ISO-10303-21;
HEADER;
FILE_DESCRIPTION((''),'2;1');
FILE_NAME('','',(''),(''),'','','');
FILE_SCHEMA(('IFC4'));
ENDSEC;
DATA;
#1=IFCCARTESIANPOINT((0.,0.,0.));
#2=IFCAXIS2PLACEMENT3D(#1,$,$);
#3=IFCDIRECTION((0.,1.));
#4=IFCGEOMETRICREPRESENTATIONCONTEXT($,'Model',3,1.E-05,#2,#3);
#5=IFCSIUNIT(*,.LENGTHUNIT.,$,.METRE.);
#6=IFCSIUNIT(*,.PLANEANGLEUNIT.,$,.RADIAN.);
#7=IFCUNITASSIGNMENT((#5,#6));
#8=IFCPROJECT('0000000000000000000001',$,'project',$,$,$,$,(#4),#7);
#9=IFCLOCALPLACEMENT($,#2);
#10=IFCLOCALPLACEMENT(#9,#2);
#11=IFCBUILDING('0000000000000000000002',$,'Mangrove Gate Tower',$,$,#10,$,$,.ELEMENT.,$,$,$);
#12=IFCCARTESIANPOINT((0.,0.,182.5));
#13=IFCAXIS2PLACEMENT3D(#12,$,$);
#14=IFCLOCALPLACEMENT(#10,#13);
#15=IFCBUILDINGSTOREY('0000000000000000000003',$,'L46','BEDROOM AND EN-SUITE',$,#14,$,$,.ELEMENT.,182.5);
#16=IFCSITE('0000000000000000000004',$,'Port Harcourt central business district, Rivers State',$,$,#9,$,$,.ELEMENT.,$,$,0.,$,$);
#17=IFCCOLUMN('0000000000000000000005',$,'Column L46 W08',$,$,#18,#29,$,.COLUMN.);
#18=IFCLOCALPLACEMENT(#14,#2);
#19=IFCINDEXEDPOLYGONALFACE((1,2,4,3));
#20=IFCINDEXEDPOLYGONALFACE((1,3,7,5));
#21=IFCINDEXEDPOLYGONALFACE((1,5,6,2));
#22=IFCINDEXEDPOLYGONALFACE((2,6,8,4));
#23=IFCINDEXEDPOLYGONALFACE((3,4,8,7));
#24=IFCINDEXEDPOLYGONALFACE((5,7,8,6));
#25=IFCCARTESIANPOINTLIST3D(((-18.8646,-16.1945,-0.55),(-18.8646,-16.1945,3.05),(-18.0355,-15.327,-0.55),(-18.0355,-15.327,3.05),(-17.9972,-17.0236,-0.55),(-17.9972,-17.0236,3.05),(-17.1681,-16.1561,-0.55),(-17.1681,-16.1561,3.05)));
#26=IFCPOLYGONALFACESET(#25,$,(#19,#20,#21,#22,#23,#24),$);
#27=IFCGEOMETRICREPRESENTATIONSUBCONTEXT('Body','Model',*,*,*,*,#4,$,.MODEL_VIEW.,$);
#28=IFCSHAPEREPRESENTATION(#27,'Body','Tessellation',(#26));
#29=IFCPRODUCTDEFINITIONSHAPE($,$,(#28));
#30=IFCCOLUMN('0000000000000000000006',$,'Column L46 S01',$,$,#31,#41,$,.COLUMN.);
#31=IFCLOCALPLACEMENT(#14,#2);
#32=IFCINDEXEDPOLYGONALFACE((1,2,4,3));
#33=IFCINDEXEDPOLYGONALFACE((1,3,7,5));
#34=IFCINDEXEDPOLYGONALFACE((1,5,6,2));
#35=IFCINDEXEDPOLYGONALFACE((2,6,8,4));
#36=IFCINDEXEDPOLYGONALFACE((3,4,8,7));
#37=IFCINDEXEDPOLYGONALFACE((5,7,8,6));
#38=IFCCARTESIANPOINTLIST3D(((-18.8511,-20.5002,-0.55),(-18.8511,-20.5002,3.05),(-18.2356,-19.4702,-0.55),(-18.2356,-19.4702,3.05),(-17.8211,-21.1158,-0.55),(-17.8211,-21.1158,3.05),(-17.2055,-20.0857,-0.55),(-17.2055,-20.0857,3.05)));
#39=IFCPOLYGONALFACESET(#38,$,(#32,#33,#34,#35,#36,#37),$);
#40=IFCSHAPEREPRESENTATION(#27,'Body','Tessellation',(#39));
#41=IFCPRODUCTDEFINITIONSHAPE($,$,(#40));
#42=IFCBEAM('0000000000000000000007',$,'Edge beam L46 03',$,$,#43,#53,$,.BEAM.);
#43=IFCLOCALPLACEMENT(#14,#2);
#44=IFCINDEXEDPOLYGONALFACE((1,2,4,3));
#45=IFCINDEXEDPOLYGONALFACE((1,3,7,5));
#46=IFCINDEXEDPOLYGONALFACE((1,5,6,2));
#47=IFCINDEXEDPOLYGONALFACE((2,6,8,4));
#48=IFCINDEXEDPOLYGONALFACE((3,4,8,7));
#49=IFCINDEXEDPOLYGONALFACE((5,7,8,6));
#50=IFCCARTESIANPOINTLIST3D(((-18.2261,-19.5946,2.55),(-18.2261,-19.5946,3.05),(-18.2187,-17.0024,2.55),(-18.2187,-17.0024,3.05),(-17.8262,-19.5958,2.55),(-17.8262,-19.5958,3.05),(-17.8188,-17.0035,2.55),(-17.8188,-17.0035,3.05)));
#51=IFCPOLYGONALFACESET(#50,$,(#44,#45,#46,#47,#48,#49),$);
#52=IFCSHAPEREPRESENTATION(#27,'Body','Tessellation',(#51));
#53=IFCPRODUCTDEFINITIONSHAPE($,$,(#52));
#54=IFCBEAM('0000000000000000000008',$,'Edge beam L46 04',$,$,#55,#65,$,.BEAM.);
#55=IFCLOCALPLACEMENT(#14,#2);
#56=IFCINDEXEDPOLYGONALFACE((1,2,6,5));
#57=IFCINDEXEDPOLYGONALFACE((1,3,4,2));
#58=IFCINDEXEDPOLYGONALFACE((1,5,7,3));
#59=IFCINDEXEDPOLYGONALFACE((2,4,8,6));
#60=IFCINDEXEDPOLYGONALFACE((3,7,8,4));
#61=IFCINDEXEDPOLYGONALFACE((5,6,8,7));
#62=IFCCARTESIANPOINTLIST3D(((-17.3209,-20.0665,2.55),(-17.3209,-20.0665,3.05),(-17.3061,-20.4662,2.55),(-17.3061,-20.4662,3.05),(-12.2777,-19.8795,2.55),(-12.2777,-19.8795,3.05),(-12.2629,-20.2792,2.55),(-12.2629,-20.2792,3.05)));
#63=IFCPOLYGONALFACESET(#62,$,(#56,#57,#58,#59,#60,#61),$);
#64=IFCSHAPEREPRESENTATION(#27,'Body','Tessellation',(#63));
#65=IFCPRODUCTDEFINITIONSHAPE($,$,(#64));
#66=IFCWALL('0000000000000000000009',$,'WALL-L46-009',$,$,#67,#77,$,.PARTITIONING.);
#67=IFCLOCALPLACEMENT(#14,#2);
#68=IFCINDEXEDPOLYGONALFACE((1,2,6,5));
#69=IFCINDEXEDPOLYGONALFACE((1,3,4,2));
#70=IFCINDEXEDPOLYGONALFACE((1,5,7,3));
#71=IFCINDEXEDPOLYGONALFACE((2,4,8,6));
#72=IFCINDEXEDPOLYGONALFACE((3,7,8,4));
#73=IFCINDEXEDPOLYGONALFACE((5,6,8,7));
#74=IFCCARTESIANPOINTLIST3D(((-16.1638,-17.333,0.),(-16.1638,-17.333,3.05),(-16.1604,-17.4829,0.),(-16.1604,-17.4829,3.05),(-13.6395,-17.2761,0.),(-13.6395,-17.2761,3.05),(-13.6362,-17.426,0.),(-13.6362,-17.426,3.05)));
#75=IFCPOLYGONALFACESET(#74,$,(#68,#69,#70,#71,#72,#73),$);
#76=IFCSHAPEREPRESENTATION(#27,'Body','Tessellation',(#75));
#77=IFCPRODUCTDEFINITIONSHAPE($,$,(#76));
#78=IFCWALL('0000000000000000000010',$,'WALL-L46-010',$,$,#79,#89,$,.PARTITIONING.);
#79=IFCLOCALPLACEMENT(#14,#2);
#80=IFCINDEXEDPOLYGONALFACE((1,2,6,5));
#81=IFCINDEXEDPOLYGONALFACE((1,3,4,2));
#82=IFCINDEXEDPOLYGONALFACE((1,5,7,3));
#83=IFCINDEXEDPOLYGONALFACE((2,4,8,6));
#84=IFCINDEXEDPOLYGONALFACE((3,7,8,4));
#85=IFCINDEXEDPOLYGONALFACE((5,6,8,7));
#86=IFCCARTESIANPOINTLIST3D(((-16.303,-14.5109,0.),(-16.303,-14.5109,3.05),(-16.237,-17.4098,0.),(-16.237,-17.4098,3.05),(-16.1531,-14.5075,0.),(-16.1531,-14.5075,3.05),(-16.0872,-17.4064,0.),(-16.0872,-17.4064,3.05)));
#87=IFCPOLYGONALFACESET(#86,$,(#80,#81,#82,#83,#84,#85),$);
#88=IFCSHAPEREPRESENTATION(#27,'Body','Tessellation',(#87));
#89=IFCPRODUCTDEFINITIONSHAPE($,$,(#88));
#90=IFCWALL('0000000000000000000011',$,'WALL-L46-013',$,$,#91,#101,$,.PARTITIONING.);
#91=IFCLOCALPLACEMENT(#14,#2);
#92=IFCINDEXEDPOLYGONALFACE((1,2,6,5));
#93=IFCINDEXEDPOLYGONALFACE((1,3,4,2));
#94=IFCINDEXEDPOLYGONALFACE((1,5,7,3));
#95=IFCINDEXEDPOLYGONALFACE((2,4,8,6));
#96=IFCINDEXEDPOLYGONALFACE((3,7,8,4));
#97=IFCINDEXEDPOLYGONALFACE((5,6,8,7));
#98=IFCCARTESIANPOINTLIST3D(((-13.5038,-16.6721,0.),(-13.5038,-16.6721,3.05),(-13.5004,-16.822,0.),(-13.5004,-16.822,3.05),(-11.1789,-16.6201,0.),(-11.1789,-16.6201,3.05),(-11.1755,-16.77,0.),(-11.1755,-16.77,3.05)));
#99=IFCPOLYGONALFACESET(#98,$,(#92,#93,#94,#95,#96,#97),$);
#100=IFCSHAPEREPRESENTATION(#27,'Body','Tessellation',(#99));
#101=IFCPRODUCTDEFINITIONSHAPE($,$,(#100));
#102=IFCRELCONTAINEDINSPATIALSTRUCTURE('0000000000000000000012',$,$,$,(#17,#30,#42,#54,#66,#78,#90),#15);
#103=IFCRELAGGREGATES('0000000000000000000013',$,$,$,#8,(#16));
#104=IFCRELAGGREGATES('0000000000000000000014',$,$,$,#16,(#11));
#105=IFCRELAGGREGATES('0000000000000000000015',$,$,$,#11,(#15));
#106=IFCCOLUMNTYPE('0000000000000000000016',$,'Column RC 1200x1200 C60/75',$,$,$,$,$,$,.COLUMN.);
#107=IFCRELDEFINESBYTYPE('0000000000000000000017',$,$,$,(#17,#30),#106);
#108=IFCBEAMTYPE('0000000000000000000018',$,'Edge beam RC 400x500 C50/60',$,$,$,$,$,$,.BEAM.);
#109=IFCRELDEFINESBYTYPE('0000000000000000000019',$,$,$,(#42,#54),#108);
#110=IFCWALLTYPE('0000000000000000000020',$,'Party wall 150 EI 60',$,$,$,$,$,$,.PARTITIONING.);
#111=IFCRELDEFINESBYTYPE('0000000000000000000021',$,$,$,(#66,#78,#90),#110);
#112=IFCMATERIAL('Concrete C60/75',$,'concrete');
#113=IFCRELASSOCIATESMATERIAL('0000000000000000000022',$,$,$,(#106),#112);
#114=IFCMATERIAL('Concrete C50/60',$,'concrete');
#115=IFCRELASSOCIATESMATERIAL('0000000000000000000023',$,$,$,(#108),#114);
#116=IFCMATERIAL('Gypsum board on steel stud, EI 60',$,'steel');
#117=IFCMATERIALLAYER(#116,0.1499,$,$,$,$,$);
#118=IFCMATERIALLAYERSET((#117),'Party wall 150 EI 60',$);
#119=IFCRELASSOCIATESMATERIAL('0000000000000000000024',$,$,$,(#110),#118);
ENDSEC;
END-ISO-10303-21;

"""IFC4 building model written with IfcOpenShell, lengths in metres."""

from ifc_helpers import new_model, si_unit, direction, frame, frame_2d, origin, origin_2d, place, context, subcontext, project, spatial, rectangle, extrude, material, layer, layer_set, material_profile, profile_set, type_object, element, save


model = new_model("IFC4")

# Units and contexts
model_context = context("Model", 3, precision=1e-05, world=origin(), true_north=direction((0.0, 1.0)))
body_context = subcontext(model_context, "Body", "Model", "MODEL_VIEW")
ifc_project = project(units=[si_unit("LENGTHUNIT", "METRE"), si_unit("PLANEANGLEUNIT", "RADIAN")], contexts=[model_context])

# Site, building, storey
site_placement = place(None, origin())
site = spatial("IfcSite", under=ifc_project, at=site_placement, Name="Port Harcourt central business district, Rivers State", CompositionType="ELEMENT", RefElevation=0.0)
building_placement = place(site_placement, origin())
building = spatial("IfcBuilding", under=site, at=building_placement, Name="Mangrove Gate Tower", CompositionType="ELEMENT")
storey_placement = place(building_placement, frame((0.0, 0.0, 182.5)))
storey = spatial("IfcBuildingStorey", under=building, at=storey_placement, Name="L46", Description="BEDROOM AND EN-SUITE", CompositionType="ELEMENT", Elevation=182.5)

# Columns
ifc_material_1 = material(Name="Concrete C60/75", Category="concrete")
ifc_material_profile_1 = material_profile(ifc_material_1, rectangle(XDim=1.2, YDim=1.2, at=origin_2d()))
ifc_profile_set_1 = profile_set([ifc_material_profile_1], Name="Concrete C60/75")
column_type = type_object("IfcColumnType", Name="Column RC 1200x1200 C60/75", PredefinedType="COLUMN", material=ifc_profile_set_1)
for number, where, z_axis, x_axis, name in (
    (1, (-18.0164, -16.1753, -0.55), (0.0, 0.0, 1.0), (0.72292, -0.690932, 0.0), "Column L46 W08"),
    (2, (-18.0283, -20.293, -0.55), (0.0, 0.0, 1.0), (0.858408, -0.512967, 0.0), "Column L46 S01"),
):
    element("IfcColumn", number, at=place(storey_placement, frame(where, z_axis=z_axis, x_axis=x_axis)), inside=storey, type_object=column_type, Name=name, PredefinedType="COLUMN", context=body_context, shape_type="SweptSolid", body=[
        extrude(rectangle(XDim=1.2, YDim=1.2, at=origin_2d()), origin(), (0.0, 0.0, 1.0), 3.6001),
    ])

# Beams
ifc_material_2 = material(Name="Concrete C50/60", Category="concrete")
ifc_material_profile_2 = material_profile(ifc_material_2, rectangle(XDim=0.3999, YDim=0.5, at=origin_2d()))
ifc_profile_set_2 = profile_set([ifc_material_profile_2], Name="Concrete C50/60")
beam_type = type_object("IfcBeamType", Name="Edge beam RC 400x500 C50/60", PredefinedType="BEAM", material=ifc_profile_set_2)
beam_1_placement = place(storey_placement, frame((-18.0188, -17.0029, 2.8), z_axis=(-0.002825, -0.999996, 0.0), x_axis=(0.999996, -0.002825, 0.0)))
element("IfcBeam", 3, at=beam_1_placement, inside=storey, type_object=beam_type, Name="Edge beam L46 03", PredefinedType="BEAM", context=body_context, shape_type="SweptSolid", body=[
    extrude(rectangle(XDim=0.3999, YDim=0.5, at=origin_2d()), origin(), (0.0, 0.0, 1.0), 2.5923),
])
beam_2_placement = place(storey_placement, frame((-17.3135, -20.2664, 2.8), z_axis=(0.999313, 0.037056, 0.0), x_axis=(-0.037056, 0.999313, 0.0)))
element("IfcBeam", 4, at=beam_2_placement, inside=storey, type_object=beam_type, Name="Edge beam L46 04", PredefinedType="BEAM", context=body_context, shape_type="SweptSolid", body=[
    extrude(rectangle(XDim=0.3999, YDim=0.5, at=origin_2d()), origin(), (0.0, 0.0, 1.0), 5.0466),
])

# Walls
ifc_material_3 = material(Name="Gypsum board on steel stud, EI 60", Category="steel")
ifc_layer_1 = layer(ifc_material_3, 0.1499)
ifc_layer_set_1 = layer_set([ifc_layer_1], Name="Party wall 150 EI 60")
wall_type_1 = type_object("IfcWallType", Name="Party wall 150 EI 60", PredefinedType="PARTITIONING", material=ifc_layer_set_1)
wall_1_placement = place(storey_placement, frame((-16.1621, -17.408, 0.0), z_axis=(0.0, 0.0, 1.0), x_axis=(0.999746, 0.02253, 0.0)))
element("IfcWall", 5, at=wall_1_placement, inside=storey, type_object=wall_type_1, Name="WALL-L46-009", PredefinedType="PARTITIONING", context=body_context, shape_type="SweptSolid", body=[
    extrude(rectangle(XDim=2.5249, YDim=0.1499, at=frame_2d((1.2625, 0.0))), origin(), (0.0, 0.0, 1.0), 3.05),
])
wall_2_placement = place(storey_placement, frame((-16.1621, -17.408, 0.0), z_axis=(0.0, 0.0, 1.0), x_axis=(-0.022733, 0.999742, 0.0)))
element("IfcWall", 6, at=wall_2_placement, inside=storey, type_object=wall_type_1, Name="WALL-L46-010", PredefinedType="PARTITIONING", context=body_context, shape_type="SweptSolid", body=[
    extrude(rectangle(XDim=2.8997, YDim=0.1499, at=frame_2d((1.4497, 0.0))), origin(), (0.0, 0.0, 1.0), 3.05),
])
wall_3_placement = place(storey_placement, frame((-13.502, -16.7471, 0.0), z_axis=(0.0, 0.0, 1.0), x_axis=(0.99975, 0.022361, 0.0)))
element("IfcWall", 7, at=wall_3_placement, inside=storey, type_object=wall_type_1, Name="WALL-L46-013", PredefinedType="PARTITIONING", context=body_context, shape_type="SweptSolid", body=[
    extrude(rectangle(XDim=2.3254, YDim=0.1499, at=frame_2d((1.1626, 0.0))), origin(), (0.0, 0.0, 1.0), 3.05),
])

save(model, "model.ifc")
